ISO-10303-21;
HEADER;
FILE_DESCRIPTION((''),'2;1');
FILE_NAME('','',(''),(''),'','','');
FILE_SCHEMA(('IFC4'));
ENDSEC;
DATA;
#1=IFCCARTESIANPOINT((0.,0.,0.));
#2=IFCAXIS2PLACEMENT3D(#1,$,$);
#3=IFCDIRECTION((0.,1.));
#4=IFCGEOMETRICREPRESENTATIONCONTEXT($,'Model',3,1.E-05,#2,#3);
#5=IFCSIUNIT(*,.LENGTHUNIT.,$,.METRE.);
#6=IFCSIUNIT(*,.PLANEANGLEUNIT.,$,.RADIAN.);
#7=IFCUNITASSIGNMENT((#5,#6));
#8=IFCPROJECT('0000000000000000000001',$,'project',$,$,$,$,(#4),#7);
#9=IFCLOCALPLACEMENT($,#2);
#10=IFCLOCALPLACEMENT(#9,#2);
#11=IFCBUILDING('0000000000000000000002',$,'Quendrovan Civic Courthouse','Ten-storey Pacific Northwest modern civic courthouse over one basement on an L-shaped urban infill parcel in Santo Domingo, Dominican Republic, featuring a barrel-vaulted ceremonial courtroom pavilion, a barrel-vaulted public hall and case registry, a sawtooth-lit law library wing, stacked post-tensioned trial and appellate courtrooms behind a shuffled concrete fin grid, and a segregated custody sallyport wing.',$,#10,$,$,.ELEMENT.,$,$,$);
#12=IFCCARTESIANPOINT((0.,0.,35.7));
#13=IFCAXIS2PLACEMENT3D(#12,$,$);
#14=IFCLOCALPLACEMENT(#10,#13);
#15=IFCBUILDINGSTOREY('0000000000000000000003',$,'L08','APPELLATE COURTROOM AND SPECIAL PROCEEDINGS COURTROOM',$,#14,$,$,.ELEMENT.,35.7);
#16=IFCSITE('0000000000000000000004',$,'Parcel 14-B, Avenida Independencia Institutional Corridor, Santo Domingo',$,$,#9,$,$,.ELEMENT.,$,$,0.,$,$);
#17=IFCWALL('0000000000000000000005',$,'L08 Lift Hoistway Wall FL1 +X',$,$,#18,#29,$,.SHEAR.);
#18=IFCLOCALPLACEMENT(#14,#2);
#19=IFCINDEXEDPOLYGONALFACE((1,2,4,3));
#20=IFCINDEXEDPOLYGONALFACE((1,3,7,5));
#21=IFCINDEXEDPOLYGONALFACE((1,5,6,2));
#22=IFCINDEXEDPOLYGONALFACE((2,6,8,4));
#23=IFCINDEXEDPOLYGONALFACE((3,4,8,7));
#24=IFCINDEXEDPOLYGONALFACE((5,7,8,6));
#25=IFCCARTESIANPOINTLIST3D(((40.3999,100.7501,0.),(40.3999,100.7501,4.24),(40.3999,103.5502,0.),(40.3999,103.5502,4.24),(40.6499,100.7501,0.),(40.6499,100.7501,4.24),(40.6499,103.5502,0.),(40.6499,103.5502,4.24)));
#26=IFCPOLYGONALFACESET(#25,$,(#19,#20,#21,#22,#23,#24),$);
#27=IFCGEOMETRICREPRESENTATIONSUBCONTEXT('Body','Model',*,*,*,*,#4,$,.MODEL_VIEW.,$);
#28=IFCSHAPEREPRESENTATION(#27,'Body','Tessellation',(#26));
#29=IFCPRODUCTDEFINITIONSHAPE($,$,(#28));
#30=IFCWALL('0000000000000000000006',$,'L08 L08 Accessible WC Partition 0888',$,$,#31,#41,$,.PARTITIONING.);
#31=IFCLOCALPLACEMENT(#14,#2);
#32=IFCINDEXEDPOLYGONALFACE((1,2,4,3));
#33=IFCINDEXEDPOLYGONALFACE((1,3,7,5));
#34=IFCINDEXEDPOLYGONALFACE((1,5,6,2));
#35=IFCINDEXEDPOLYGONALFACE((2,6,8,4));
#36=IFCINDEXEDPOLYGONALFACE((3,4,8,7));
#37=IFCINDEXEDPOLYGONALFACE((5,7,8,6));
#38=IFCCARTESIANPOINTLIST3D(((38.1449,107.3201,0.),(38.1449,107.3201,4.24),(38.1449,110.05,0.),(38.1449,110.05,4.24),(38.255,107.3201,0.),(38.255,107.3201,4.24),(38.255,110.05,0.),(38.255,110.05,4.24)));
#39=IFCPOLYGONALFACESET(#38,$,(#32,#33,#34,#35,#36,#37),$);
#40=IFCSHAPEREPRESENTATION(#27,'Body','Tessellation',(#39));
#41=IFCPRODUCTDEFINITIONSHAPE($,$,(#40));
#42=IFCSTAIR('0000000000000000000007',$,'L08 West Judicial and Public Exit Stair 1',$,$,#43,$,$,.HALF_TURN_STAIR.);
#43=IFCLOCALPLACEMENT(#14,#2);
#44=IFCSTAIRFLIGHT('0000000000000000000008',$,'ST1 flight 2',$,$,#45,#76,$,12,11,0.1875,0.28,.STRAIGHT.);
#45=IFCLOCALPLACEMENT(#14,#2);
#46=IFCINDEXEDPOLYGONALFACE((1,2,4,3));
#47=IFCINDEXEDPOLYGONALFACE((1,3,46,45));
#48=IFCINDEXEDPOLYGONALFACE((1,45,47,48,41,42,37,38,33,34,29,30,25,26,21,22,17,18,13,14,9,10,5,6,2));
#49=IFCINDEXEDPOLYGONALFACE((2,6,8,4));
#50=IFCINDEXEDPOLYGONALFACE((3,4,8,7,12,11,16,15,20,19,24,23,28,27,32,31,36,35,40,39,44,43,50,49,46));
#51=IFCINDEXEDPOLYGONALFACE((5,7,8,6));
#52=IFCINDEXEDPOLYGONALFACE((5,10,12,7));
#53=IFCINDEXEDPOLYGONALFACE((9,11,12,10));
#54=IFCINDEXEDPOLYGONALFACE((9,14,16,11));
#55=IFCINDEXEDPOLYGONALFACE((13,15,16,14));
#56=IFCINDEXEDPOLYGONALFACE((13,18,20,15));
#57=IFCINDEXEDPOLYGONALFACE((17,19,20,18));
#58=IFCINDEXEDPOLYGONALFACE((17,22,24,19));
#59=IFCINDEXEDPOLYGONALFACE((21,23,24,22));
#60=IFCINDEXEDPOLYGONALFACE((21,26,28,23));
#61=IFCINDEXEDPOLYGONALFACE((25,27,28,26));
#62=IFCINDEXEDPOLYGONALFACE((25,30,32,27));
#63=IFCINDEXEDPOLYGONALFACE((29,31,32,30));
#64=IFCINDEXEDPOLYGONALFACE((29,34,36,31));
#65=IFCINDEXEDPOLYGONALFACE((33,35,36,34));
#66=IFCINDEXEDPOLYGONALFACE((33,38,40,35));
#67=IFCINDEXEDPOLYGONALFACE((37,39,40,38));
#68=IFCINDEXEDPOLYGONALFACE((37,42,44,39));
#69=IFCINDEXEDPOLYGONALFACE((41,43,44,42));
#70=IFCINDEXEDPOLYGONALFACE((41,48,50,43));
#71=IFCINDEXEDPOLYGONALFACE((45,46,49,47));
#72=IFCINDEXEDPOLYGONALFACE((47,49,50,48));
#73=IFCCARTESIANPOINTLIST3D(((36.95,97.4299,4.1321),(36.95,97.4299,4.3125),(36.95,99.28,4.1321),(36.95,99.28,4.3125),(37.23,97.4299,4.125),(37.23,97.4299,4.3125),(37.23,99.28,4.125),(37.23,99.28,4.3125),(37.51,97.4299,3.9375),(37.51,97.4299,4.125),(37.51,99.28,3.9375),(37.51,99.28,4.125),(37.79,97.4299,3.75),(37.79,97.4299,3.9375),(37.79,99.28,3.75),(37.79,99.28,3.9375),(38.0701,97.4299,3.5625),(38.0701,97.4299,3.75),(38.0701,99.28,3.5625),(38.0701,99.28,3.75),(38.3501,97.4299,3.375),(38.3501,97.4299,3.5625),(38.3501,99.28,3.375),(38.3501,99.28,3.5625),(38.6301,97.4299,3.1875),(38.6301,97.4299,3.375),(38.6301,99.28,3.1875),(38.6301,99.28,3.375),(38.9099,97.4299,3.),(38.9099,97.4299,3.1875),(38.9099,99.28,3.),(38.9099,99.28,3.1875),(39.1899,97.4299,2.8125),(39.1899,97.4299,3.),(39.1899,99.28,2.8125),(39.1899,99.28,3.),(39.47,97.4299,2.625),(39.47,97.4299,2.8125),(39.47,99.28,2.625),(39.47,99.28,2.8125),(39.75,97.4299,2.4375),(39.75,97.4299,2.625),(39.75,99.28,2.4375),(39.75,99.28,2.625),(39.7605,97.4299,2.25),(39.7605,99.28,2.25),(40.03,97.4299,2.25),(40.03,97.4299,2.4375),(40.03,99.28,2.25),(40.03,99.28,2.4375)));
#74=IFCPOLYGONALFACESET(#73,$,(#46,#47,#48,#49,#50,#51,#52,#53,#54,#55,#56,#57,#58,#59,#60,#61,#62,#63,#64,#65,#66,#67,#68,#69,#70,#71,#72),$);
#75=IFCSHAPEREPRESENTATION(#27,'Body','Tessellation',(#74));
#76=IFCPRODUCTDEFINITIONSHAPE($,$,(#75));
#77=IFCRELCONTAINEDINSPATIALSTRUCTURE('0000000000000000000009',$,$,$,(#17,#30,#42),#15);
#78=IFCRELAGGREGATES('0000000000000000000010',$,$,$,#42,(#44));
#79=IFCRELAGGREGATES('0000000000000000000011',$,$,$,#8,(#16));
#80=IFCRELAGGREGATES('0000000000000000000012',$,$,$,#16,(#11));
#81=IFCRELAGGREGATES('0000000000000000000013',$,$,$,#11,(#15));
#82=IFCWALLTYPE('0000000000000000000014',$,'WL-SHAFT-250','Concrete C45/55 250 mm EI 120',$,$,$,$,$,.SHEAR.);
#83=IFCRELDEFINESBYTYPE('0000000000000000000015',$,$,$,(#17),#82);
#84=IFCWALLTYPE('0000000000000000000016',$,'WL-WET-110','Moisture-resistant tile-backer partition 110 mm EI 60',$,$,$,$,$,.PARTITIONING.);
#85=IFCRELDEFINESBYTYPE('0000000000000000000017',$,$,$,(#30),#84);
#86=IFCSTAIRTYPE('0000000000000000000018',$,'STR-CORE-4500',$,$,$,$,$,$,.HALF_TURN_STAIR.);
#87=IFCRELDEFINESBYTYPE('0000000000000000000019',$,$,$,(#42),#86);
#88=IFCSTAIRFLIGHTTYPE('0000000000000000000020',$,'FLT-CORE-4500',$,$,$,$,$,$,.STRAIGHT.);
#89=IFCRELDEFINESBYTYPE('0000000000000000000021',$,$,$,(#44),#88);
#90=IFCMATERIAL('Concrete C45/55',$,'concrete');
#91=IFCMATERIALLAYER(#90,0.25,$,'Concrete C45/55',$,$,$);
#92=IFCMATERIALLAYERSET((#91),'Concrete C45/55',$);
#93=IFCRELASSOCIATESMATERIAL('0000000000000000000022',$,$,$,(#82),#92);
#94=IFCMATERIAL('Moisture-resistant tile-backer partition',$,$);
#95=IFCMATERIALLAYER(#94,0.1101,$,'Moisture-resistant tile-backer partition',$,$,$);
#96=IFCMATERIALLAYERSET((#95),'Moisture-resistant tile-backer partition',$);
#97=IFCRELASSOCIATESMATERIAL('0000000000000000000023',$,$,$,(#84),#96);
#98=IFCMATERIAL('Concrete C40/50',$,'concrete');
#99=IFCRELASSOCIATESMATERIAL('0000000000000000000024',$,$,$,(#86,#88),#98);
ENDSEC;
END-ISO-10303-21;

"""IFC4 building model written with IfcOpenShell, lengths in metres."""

from ifc_helpers import new_model, si_unit, direction, frame, frame_2d, origin, place, context, subcontext, project, spatial, polyline, rectangle, outline, extrude, material, layer, layer_set, type_object, element, aggregate, save


model = new_model("IFC4")

# Units and contexts
model_context = context("Model", 3, precision=1e-05, world=origin(), true_north=direction((0.0, 1.0)))
body_context = subcontext(model_context, "Body", "Model", "MODEL_VIEW")
ifc_project = project(units=[si_unit("LENGTHUNIT", "METRE"), si_unit("PLANEANGLEUNIT", "RADIAN")], contexts=[model_context])

# Site, building, storey
site_placement = place(None, origin())
site = spatial("IfcSite", under=ifc_project, at=site_placement, Name="Parcel 14-B, Avenida Independencia Institutional Corridor, Santo Domingo", CompositionType="ELEMENT", RefElevation=0.0)
building_placement = place(site_placement, origin())
building = spatial("IfcBuilding", under=site, at=building_placement, Name="Quendrovan Civic Courthouse", Description="Ten-storey Pacific Northwest modern civic courthouse over one basement on an L-shaped urban infill parcel in Santo Domingo, Dominican Republic, featuring a barrel-vaulted ceremonial courtroom pavilion, a barrel-vaulted public hall and case registry, a sawtooth-lit law library wing, stacked post-tensioned trial and appellate courtrooms behind a shuffled concrete fin grid, and a segregated custody sallyport wing.", CompositionType="ELEMENT")
storey_placement = place(building_placement, frame((0.0, 0.0, 35.7)))
storey = spatial("IfcBuildingStorey", under=building, at=storey_placement, Name="L08", Description="APPELLATE COURTROOM AND SPECIAL PROCEEDINGS COURTROOM", CompositionType="ELEMENT", Elevation=35.7)

# Shared definitions
ifc_material_1 = material(Name="Concrete C45/55", Category="concrete")

# Shared definitions
ifc_material_2 = material(Name="Concrete C40/50", Category="concrete")

# Shared definitions
ifc_layer_1 = layer(ifc_material_1, 0.25, Name="Concrete C45/55")
ifc_layer_set_1 = layer_set([ifc_layer_1], Name="Concrete C45/55")
wall_type_1 = type_object("IfcWallType", Name="WL-SHAFT-250", Description="Concrete C45/55 250 mm EI 120", PredefinedType="SHEAR", material=ifc_layer_set_1)

# Walls
wall_1_placement = place(storey_placement, frame((40.5249, 103.55, 0.0), z_axis=(0.0, 0.0, 1.0), x_axis=(0.0, -1.0, 0.0)))
element("IfcWall", 1, at=wall_1_placement, inside=storey, type_object=wall_type_1, Name="L08 Lift Hoistway Wall FL1 +X", PredefinedType="SHEAR", context=body_context, shape_type="SweptSolid", body=[
    extrude(rectangle(XDim=2.8, YDim=0.25, at=frame_2d((1.3999, 0.0))), origin(), (0.0, 0.0, 1.0), 4.24),
])
ifc_material_3 = material(Name="Moisture-resistant tile-backer partition")
ifc_layer_2 = layer(ifc_material_3, 0.1101, Name="Moisture-resistant tile-backer partition")
ifc_layer_set_2 = layer_set([ifc_layer_2], Name="Moisture-resistant tile-backer partition")
wall_type_2 = type_object("IfcWallType", Name="WL-WET-110", Description="Moisture-resistant tile-backer partition 110 mm EI 60", PredefinedType="PARTITIONING", material=ifc_layer_set_2)
wall_2_placement = place(storey_placement, frame((38.2, 107.3201, 0.0), z_axis=(0.0, 0.0, 1.0), x_axis=(0.0, 1.0, 0.0)))
element("IfcWall", 2, at=wall_2_placement, inside=storey, type_object=wall_type_2, Name="L08 L08 Accessible WC Partition 0888", PredefinedType="PARTITIONING", context=body_context, shape_type="SweptSolid", body=[
    extrude(rectangle(XDim=2.73, YDim=0.1101, at=frame_2d((1.365, 0.0))), origin(), (0.0, 0.0, 1.0), 4.24),
])

# Stair, stair flight
stair_type = type_object("IfcStairType", Name="STR-CORE-4500", PredefinedType="HALF_TURN_STAIR", material=ifc_material_2)
stair_placement = place(storey_placement, origin())
stair = element("IfcStair", 3, at=stair_placement, inside=storey, type_object=stair_type, Name="L08 West Judicial and Public Exit Stair 1", PredefinedType="HALF_TURN_STAIR")
stair_flight_type = type_object("IfcStairFlightType", Name="FLT-CORE-4500", PredefinedType="STRAIGHT", material=ifc_material_2)
stair_flight_placement = place(storey_placement, frame((40.03, 98.355, 2.25), z_axis=(0.0, 0.0, 1.0), x_axis=(-1.0, 0.0, 0.0)))
stair_flight = element("IfcStairFlight", 4, at=stair_flight_placement, type_object=stair_flight_type, Name="ST1 flight 2", NumberOfRisers=12, NumberOfTreads=11, PredefinedType="STRAIGHT", RiserHeight=0.1875, TreadLength=0.28, context=body_context, shape_type="SweptSolid", body=[
    extrude(outline(polyline([(0.0, 0.0), (0.0, 0.1875), (0.28, 0.1875), (0.28, 0.375), (0.5601, 0.375), (0.5601, 0.5625), (0.8401, 0.5625), (0.8401, 0.75), (1.1201, 0.75), (1.1201, 0.9375), (1.3999, 0.9375), (1.3999, 1.125), (1.6799, 1.125), (1.6799, 1.3125), (1.96, 1.3125), (1.96, 1.5), (2.24, 1.5), (2.24, 1.6875), (2.52, 1.6875), (2.52, 1.875), (2.8, 1.875), (2.8, 2.0625), (3.0801, 2.0625), (3.0801, 2.25), (3.0801, 1.8821), (0.2695, 0.0), (0.0, 0.0)])), frame((0.0, 0.925, 0.0), z_axis=(0.0, -1.0, 0.0), x_axis=(1.0, 0.0, 0.0)), (0.0, 0.0, 1.0), 1.8501),
])
aggregate(stair, [stair_flight])

save(model, "model.ifc")
